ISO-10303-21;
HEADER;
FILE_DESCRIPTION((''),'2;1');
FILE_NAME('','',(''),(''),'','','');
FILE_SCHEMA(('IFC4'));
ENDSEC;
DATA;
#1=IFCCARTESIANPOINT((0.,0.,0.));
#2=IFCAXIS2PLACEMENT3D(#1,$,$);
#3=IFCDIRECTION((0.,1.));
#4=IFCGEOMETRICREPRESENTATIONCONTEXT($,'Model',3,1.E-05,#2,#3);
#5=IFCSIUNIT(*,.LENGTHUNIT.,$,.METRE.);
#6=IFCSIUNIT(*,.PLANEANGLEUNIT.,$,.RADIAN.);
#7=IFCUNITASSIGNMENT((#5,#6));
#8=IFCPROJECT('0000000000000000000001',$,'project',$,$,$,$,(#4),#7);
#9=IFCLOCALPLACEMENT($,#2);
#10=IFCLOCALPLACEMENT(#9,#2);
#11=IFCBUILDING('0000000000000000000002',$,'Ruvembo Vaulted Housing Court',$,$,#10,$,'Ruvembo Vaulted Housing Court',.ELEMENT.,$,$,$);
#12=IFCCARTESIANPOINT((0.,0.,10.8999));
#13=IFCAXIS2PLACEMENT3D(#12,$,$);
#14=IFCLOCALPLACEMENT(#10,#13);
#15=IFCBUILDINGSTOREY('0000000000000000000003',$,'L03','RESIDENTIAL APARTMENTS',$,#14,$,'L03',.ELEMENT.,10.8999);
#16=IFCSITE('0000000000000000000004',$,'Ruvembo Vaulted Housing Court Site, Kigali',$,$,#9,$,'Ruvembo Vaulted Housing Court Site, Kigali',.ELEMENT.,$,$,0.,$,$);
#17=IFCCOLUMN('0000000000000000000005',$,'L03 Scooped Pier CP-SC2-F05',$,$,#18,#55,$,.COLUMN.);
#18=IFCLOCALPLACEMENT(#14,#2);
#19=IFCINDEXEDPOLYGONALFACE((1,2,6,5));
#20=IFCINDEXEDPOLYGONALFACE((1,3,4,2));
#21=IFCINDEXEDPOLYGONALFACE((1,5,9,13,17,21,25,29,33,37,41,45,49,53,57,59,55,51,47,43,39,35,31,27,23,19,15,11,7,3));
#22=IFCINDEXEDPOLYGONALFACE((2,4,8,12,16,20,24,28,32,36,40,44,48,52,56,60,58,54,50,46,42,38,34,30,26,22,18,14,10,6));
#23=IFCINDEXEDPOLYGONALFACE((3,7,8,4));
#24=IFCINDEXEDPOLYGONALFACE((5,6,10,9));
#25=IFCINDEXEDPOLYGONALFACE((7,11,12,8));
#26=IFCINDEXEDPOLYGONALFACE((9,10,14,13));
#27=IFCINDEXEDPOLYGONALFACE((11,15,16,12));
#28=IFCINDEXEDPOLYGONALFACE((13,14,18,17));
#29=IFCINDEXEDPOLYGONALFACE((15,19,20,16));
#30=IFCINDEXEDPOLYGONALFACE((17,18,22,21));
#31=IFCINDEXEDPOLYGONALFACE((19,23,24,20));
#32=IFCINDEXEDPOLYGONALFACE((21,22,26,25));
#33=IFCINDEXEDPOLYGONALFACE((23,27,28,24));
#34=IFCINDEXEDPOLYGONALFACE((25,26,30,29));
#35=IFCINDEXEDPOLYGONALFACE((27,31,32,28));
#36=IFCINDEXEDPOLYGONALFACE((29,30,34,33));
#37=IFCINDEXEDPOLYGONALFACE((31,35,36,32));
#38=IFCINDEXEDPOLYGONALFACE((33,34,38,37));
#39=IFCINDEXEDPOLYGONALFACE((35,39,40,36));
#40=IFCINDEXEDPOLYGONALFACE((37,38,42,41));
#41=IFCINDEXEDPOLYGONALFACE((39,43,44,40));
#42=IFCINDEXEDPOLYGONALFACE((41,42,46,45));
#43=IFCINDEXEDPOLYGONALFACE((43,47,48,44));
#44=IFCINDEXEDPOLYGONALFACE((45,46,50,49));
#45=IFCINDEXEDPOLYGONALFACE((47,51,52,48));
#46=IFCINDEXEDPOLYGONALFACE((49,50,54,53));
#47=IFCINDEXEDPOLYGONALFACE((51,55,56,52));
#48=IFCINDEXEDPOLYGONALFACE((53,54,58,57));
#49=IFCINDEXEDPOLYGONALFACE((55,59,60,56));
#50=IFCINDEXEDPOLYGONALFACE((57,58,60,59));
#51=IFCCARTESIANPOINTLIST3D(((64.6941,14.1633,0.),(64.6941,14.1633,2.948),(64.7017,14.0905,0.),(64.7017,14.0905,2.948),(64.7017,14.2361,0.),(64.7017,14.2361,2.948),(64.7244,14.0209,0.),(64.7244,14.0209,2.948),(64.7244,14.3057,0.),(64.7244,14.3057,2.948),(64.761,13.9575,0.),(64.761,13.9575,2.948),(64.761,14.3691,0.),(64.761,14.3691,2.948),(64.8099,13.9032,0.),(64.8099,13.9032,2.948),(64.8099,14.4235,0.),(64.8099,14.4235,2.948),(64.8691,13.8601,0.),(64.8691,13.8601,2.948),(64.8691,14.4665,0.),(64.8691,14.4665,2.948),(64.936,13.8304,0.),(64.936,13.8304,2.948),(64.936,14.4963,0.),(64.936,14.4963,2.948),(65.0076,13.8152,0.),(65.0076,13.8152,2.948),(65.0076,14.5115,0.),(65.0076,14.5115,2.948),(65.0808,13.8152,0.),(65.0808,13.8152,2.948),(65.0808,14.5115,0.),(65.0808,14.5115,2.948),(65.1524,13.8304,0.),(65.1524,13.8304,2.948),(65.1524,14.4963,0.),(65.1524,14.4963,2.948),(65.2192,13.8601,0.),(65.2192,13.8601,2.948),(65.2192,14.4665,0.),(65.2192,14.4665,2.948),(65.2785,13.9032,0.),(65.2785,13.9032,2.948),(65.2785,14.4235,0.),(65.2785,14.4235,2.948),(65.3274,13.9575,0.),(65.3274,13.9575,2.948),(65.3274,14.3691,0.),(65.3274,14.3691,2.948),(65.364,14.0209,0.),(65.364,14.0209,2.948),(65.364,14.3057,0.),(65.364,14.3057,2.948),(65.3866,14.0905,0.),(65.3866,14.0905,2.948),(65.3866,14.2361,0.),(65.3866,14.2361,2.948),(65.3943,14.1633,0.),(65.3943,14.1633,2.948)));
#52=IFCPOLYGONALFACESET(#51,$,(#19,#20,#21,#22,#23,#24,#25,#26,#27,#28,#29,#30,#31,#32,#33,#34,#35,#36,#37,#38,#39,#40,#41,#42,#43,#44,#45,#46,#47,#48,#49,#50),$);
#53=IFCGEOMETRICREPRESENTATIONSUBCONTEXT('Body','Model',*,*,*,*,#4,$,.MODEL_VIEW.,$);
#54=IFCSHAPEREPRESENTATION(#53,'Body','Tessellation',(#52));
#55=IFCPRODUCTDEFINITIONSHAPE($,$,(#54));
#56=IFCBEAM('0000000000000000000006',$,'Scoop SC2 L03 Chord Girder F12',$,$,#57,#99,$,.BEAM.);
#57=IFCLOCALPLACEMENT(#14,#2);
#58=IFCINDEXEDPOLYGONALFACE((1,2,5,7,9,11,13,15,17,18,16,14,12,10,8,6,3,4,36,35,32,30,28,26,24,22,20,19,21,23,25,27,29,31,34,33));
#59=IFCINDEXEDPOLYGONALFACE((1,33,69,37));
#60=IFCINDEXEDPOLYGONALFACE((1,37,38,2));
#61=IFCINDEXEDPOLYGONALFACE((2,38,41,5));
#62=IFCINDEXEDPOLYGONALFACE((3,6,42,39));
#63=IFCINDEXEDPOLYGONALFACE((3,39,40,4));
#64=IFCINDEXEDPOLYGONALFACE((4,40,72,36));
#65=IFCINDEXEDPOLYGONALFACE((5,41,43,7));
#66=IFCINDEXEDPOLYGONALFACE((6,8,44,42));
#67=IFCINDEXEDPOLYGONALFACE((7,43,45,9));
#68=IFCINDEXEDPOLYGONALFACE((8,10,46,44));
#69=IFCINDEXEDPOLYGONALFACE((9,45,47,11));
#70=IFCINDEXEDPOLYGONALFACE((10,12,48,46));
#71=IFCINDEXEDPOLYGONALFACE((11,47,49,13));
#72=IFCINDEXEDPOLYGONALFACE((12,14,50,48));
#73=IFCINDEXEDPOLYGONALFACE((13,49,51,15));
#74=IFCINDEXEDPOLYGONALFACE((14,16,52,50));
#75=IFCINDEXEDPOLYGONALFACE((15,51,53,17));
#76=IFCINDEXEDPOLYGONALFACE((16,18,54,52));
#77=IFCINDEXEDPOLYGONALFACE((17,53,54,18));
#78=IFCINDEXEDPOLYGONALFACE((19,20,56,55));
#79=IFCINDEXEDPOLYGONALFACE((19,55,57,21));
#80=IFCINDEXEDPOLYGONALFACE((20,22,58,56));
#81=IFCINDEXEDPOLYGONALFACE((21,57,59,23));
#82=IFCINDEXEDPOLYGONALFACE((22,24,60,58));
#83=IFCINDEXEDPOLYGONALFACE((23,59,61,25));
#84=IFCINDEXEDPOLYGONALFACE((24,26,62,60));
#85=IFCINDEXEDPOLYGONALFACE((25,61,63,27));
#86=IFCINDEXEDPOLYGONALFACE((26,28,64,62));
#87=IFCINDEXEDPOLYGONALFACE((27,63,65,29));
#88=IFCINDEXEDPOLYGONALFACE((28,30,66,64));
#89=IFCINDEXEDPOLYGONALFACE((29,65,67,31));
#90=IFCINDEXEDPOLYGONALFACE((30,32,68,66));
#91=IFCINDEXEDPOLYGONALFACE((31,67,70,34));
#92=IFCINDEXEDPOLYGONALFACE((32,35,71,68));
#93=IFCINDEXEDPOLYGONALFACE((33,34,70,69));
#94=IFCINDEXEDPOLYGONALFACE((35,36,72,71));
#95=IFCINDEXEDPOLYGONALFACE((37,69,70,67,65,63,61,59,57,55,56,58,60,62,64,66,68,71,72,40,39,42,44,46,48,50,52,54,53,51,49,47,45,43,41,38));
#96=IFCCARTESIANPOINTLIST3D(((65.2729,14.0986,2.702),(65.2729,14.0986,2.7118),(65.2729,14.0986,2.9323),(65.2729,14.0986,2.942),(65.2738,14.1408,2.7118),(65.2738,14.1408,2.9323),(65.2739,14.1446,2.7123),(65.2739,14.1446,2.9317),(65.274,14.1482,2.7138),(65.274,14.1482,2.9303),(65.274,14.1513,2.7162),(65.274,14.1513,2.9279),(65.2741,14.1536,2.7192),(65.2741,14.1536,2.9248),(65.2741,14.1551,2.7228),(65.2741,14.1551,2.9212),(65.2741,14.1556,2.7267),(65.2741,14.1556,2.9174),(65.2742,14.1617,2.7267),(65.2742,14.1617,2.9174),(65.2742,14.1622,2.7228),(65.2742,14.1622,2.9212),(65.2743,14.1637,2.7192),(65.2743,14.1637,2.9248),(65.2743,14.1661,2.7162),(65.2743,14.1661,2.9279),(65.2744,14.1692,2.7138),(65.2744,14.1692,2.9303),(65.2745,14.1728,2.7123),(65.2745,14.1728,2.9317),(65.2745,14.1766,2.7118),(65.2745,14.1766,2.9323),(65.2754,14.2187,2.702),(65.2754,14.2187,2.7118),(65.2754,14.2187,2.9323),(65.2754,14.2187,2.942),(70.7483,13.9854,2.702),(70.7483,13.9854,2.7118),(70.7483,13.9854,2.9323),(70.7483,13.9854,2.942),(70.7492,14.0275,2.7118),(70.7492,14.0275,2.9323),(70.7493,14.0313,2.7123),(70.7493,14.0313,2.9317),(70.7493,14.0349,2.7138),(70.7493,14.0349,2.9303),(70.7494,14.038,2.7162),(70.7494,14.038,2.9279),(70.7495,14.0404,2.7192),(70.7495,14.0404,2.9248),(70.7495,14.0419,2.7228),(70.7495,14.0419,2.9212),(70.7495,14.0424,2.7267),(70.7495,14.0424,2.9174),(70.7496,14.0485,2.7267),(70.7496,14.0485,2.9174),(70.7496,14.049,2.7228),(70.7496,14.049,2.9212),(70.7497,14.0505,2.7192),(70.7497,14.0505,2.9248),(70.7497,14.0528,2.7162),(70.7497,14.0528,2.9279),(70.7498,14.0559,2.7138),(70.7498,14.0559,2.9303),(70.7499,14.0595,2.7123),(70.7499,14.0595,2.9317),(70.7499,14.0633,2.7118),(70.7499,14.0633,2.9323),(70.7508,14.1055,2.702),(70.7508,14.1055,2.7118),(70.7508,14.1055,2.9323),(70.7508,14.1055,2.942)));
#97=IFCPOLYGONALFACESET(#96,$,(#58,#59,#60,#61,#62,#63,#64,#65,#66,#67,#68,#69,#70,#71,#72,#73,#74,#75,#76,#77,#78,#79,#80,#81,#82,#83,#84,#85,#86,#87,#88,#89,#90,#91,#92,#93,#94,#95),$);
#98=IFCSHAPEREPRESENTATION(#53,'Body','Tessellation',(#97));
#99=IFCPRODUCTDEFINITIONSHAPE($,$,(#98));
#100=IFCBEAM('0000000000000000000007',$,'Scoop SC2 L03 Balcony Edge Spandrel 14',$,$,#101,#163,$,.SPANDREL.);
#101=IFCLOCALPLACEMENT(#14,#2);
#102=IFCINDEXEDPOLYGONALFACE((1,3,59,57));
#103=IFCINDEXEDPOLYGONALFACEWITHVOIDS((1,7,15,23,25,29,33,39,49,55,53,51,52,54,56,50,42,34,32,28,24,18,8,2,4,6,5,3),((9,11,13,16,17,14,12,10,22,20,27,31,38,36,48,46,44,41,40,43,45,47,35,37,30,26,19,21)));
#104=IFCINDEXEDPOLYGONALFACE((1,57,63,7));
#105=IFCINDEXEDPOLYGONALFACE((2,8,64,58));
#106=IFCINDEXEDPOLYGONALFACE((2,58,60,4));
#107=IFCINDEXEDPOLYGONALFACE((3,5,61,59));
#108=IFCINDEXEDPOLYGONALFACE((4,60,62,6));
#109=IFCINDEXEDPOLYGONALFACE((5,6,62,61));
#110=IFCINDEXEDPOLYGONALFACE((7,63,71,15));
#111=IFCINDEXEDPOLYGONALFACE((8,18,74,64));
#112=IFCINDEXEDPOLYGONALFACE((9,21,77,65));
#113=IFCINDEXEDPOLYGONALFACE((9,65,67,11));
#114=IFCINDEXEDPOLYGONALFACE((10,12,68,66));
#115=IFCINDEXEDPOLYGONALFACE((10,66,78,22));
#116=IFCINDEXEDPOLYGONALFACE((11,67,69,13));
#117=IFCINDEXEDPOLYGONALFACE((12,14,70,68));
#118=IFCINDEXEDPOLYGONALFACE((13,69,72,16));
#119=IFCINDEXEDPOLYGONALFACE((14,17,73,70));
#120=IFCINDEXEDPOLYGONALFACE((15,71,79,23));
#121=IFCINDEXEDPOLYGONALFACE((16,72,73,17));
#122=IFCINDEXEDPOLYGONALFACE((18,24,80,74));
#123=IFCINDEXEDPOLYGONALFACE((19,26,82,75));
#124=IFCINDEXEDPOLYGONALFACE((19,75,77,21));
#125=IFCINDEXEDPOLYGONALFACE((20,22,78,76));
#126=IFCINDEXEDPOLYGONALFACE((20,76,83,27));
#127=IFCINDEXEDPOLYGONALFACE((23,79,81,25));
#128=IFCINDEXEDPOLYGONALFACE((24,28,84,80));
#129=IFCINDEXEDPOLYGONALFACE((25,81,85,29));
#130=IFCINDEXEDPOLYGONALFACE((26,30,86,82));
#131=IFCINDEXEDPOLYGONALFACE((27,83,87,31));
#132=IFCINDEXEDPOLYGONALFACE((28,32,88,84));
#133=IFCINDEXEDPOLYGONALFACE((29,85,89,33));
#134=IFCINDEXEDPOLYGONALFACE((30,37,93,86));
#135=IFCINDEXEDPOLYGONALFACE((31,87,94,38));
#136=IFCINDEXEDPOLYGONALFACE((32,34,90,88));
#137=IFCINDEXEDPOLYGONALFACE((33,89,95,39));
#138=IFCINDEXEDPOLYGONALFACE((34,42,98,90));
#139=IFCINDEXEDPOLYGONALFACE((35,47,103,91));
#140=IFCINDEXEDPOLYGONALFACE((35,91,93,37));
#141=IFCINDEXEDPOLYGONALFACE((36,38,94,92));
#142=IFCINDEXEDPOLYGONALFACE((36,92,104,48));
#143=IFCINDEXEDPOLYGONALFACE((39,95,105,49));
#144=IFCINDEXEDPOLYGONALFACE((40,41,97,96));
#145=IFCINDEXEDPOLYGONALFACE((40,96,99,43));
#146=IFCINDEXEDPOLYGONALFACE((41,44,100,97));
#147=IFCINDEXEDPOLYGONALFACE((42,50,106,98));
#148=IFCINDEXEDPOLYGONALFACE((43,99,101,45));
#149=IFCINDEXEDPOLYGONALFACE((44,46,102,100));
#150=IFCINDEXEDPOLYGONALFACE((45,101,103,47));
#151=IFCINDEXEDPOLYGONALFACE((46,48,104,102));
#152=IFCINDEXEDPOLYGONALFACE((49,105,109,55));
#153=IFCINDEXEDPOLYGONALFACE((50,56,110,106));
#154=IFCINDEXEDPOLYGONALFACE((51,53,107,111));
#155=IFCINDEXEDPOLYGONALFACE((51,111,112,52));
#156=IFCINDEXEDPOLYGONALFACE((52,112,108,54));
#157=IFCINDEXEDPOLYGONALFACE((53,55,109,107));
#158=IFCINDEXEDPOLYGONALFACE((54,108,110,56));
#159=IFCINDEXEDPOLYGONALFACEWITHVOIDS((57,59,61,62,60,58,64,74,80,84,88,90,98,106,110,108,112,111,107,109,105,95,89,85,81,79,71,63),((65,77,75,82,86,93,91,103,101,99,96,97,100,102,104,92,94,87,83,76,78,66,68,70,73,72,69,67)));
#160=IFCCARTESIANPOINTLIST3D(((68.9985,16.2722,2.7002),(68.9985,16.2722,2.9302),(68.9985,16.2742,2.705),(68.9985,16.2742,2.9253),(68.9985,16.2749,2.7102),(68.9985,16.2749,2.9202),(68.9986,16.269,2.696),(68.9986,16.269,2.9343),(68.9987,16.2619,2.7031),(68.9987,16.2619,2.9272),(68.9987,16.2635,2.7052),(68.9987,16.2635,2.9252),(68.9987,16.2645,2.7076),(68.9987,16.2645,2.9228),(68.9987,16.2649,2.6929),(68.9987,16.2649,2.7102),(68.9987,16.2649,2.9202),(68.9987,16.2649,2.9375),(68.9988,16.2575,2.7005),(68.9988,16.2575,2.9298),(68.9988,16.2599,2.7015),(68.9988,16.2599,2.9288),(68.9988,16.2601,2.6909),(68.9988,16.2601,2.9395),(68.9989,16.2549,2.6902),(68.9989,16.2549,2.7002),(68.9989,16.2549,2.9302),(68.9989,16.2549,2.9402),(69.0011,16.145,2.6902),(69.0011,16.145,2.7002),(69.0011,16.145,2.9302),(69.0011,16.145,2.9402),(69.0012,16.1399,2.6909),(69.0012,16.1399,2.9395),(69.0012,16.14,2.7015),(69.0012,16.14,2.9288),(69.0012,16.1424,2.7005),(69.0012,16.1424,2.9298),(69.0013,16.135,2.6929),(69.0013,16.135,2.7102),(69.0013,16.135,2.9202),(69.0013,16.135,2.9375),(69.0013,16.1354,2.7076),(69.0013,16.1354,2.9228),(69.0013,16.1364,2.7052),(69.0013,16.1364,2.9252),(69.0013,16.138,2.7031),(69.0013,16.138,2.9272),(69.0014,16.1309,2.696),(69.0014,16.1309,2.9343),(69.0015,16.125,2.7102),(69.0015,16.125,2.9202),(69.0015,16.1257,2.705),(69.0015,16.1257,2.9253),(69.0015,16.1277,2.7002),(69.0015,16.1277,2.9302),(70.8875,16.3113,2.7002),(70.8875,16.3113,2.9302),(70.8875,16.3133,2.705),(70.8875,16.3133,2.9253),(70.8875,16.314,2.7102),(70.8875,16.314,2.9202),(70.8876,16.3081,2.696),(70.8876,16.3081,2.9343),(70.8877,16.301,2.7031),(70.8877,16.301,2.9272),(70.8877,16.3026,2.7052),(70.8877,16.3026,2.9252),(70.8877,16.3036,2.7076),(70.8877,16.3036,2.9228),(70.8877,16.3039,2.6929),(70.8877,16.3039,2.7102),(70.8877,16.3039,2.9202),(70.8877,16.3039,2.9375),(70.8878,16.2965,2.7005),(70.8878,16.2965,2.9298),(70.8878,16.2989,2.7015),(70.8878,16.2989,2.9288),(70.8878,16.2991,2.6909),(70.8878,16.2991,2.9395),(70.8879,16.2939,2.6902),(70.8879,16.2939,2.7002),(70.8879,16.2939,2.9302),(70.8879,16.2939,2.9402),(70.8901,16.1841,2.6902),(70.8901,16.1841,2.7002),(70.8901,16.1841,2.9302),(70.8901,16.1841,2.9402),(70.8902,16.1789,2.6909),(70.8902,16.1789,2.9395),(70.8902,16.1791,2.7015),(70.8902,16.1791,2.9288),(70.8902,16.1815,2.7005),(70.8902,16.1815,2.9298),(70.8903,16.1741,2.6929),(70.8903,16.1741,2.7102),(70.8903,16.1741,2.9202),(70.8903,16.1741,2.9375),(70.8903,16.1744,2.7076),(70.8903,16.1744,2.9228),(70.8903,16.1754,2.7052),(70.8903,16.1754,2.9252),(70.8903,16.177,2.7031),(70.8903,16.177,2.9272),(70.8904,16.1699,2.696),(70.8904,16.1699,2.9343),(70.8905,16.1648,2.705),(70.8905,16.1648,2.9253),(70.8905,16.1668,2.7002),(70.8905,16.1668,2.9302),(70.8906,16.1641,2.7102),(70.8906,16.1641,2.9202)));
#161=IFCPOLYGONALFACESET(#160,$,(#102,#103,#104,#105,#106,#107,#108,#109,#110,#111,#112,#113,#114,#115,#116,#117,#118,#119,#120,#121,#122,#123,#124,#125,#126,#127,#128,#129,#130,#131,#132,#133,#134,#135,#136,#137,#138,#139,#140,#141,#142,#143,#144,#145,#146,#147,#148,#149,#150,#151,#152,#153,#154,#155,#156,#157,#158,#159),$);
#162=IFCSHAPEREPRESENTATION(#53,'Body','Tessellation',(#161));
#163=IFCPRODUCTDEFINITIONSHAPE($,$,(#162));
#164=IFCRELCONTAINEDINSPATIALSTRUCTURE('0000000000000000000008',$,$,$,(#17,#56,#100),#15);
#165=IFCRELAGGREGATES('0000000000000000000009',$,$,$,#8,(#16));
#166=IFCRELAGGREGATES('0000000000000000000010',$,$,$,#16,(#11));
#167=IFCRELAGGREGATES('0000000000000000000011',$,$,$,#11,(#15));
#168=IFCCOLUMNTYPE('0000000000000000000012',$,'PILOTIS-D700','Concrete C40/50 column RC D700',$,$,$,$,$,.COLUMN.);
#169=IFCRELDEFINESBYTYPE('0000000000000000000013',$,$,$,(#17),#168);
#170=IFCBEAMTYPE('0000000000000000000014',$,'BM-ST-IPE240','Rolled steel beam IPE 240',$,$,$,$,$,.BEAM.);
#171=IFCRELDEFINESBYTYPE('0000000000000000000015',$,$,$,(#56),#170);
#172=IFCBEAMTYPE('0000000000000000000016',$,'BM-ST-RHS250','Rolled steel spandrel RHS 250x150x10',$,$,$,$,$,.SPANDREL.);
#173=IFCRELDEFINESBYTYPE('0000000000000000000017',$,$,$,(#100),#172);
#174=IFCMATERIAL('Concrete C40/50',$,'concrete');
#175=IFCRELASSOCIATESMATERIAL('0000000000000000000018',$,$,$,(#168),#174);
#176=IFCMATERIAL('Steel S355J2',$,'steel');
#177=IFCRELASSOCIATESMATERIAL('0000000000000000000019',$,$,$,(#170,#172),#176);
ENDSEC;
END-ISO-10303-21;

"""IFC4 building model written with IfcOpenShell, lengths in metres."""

from ifc_helpers import new_model, si_unit, direction, frame, origin, origin_2d, place, context, subcontext, project, spatial, hollow_rectangle, circle, i_section, extrude, material, material_profile, profile_set, type_object, element, save


model = new_model("IFC4")

# Units and contexts
model_context = context("Model", 3, precision=1e-05, world=origin(), true_north=direction((0.0, 1.0)))
body_context = subcontext(model_context, "Body", "Model", "MODEL_VIEW")
ifc_project = project(units=[si_unit("LENGTHUNIT", "METRE"), si_unit("PLANEANGLEUNIT", "RADIAN")], contexts=[model_context])

# Site, building, storey
site_placement = place(None, origin())
site = spatial("IfcSite", under=ifc_project, at=site_placement, Name="Ruvembo Vaulted Housing Court Site, Kigali", LongName="Ruvembo Vaulted Housing Court Site, Kigali", CompositionType="ELEMENT", RefElevation=0.0)
building_placement = place(site_placement, origin())
building = spatial("IfcBuilding", under=site, at=building_placement, Name="Ruvembo Vaulted Housing Court", LongName="Ruvembo Vaulted Housing Court", CompositionType="ELEMENT")
storey_placement = place(building_placement, frame((0.0, 0.0, 10.8999)))
storey = spatial("IfcBuildingStorey", under=building, at=storey_placement, Name="L03", Description="RESIDENTIAL APARTMENTS", LongName="L03", CompositionType="ELEMENT", Elevation=10.8999)

# Column
ifc_material_1 = material(Name="Concrete C40/50", Category="concrete")
ifc_material_profile_1 = material_profile(ifc_material_1, circle(Radius=0.3501, at=origin_2d()), Name="RC D700")
ifc_profile_set_1 = profile_set([ifc_material_profile_1], Name="Concrete C40/50")
column_type = type_object("IfcColumnType", Name="PILOTIS-D700", Description="Concrete C40/50 column RC D700", PredefinedType="COLUMN", material=ifc_profile_set_1)
column_placement = place(storey_placement, frame((65.0442, 14.1633, 0.0), z_axis=(0.0, 0.0, 1.0), x_axis=(1.0, 0.0, 0.0)))
element("IfcColumn", 1, at=column_placement, inside=storey, type_object=column_type, Name="L03 Scooped Pier CP-SC2-F05", PredefinedType="COLUMN", context=body_context, shape_type="SweptSolid", body=[
    extrude(circle(Radius=0.3501, at=origin_2d()), origin(), (0.0, 0.0, 1.0), 2.948),
])

# Beams
ifc_material_2 = material(Name="Steel S355J2", Category="steel")
ifc_material_profile_2 = material_profile(ifc_material_2, i_section(OverallWidth=0.1201, OverallDepth=0.24, WebThickness=0.0061, FlangeThickness=0.0098, FilletRadius=0.0149, at=origin_2d()), Name="IPE 240")
ifc_profile_set_2 = profile_set([ifc_material_profile_2], Name="Steel S355J2")
beam_type_1 = type_object("IfcBeamType", Name="BM-ST-IPE240", Description="Rolled steel beam IPE 240", PredefinedType="BEAM", material=ifc_profile_set_2)
beam_1_placement = place(storey_placement, frame((65.2742, 14.1587, 2.822), z_axis=(0.999786, -0.020685, 0.0), x_axis=(0.020685, 0.999786, 0.0)))
element("IfcBeam", 2, at=beam_1_placement, inside=storey, type_object=beam_type_1, Name="Scoop SC2 L03 Chord Girder F12", PredefinedType="BEAM", context=body_context, shape_type="SweptSolid", body=[
    extrude(i_section(OverallWidth=0.1201, OverallDepth=0.24, WebThickness=0.0061, FlangeThickness=0.0098, FilletRadius=0.0149, at=origin_2d()), origin(), (0.0, 0.0, 1.0), 5.4766),
])
ifc_material_profile_3 = material_profile(ifc_material_2, hollow_rectangle(XDim=0.1499, YDim=0.25, WallThickness=0.01, InnerFilletRadius=0.01, OuterFilletRadius=0.02, at=origin_2d()), Name="RHS 250x150x10")
ifc_profile_set_3 = profile_set([ifc_material_profile_3], Name="Steel S355J2")
beam_type_2 = type_object("IfcBeamType", Name="BM-ST-RHS250", Description="Rolled steel spandrel RHS 250x150x10", PredefinedType="SPANDREL", material=ifc_profile_set_3)
beam_2_placement = place(storey_placement, frame((69.0, 16.2, 2.8152), z_axis=(0.999786, 0.020675, 0.0), x_axis=(-0.020675, 0.999786, 0.0)))
element("IfcBeam", 3, at=beam_2_placement, inside=storey, type_object=beam_type_2, Name="Scoop SC2 L03 Balcony Edge Spandrel 14", PredefinedType="SPANDREL", context=body_context, shape_type="SweptSolid", body=[
    extrude(hollow_rectangle(XDim=0.1499, YDim=0.25, WallThickness=0.01, InnerFilletRadius=0.01, OuterFilletRadius=0.02, at=origin_2d()), origin(), (0.0, 0.0, 1.0), 1.8894),
])

save(model, "model.ifc")
